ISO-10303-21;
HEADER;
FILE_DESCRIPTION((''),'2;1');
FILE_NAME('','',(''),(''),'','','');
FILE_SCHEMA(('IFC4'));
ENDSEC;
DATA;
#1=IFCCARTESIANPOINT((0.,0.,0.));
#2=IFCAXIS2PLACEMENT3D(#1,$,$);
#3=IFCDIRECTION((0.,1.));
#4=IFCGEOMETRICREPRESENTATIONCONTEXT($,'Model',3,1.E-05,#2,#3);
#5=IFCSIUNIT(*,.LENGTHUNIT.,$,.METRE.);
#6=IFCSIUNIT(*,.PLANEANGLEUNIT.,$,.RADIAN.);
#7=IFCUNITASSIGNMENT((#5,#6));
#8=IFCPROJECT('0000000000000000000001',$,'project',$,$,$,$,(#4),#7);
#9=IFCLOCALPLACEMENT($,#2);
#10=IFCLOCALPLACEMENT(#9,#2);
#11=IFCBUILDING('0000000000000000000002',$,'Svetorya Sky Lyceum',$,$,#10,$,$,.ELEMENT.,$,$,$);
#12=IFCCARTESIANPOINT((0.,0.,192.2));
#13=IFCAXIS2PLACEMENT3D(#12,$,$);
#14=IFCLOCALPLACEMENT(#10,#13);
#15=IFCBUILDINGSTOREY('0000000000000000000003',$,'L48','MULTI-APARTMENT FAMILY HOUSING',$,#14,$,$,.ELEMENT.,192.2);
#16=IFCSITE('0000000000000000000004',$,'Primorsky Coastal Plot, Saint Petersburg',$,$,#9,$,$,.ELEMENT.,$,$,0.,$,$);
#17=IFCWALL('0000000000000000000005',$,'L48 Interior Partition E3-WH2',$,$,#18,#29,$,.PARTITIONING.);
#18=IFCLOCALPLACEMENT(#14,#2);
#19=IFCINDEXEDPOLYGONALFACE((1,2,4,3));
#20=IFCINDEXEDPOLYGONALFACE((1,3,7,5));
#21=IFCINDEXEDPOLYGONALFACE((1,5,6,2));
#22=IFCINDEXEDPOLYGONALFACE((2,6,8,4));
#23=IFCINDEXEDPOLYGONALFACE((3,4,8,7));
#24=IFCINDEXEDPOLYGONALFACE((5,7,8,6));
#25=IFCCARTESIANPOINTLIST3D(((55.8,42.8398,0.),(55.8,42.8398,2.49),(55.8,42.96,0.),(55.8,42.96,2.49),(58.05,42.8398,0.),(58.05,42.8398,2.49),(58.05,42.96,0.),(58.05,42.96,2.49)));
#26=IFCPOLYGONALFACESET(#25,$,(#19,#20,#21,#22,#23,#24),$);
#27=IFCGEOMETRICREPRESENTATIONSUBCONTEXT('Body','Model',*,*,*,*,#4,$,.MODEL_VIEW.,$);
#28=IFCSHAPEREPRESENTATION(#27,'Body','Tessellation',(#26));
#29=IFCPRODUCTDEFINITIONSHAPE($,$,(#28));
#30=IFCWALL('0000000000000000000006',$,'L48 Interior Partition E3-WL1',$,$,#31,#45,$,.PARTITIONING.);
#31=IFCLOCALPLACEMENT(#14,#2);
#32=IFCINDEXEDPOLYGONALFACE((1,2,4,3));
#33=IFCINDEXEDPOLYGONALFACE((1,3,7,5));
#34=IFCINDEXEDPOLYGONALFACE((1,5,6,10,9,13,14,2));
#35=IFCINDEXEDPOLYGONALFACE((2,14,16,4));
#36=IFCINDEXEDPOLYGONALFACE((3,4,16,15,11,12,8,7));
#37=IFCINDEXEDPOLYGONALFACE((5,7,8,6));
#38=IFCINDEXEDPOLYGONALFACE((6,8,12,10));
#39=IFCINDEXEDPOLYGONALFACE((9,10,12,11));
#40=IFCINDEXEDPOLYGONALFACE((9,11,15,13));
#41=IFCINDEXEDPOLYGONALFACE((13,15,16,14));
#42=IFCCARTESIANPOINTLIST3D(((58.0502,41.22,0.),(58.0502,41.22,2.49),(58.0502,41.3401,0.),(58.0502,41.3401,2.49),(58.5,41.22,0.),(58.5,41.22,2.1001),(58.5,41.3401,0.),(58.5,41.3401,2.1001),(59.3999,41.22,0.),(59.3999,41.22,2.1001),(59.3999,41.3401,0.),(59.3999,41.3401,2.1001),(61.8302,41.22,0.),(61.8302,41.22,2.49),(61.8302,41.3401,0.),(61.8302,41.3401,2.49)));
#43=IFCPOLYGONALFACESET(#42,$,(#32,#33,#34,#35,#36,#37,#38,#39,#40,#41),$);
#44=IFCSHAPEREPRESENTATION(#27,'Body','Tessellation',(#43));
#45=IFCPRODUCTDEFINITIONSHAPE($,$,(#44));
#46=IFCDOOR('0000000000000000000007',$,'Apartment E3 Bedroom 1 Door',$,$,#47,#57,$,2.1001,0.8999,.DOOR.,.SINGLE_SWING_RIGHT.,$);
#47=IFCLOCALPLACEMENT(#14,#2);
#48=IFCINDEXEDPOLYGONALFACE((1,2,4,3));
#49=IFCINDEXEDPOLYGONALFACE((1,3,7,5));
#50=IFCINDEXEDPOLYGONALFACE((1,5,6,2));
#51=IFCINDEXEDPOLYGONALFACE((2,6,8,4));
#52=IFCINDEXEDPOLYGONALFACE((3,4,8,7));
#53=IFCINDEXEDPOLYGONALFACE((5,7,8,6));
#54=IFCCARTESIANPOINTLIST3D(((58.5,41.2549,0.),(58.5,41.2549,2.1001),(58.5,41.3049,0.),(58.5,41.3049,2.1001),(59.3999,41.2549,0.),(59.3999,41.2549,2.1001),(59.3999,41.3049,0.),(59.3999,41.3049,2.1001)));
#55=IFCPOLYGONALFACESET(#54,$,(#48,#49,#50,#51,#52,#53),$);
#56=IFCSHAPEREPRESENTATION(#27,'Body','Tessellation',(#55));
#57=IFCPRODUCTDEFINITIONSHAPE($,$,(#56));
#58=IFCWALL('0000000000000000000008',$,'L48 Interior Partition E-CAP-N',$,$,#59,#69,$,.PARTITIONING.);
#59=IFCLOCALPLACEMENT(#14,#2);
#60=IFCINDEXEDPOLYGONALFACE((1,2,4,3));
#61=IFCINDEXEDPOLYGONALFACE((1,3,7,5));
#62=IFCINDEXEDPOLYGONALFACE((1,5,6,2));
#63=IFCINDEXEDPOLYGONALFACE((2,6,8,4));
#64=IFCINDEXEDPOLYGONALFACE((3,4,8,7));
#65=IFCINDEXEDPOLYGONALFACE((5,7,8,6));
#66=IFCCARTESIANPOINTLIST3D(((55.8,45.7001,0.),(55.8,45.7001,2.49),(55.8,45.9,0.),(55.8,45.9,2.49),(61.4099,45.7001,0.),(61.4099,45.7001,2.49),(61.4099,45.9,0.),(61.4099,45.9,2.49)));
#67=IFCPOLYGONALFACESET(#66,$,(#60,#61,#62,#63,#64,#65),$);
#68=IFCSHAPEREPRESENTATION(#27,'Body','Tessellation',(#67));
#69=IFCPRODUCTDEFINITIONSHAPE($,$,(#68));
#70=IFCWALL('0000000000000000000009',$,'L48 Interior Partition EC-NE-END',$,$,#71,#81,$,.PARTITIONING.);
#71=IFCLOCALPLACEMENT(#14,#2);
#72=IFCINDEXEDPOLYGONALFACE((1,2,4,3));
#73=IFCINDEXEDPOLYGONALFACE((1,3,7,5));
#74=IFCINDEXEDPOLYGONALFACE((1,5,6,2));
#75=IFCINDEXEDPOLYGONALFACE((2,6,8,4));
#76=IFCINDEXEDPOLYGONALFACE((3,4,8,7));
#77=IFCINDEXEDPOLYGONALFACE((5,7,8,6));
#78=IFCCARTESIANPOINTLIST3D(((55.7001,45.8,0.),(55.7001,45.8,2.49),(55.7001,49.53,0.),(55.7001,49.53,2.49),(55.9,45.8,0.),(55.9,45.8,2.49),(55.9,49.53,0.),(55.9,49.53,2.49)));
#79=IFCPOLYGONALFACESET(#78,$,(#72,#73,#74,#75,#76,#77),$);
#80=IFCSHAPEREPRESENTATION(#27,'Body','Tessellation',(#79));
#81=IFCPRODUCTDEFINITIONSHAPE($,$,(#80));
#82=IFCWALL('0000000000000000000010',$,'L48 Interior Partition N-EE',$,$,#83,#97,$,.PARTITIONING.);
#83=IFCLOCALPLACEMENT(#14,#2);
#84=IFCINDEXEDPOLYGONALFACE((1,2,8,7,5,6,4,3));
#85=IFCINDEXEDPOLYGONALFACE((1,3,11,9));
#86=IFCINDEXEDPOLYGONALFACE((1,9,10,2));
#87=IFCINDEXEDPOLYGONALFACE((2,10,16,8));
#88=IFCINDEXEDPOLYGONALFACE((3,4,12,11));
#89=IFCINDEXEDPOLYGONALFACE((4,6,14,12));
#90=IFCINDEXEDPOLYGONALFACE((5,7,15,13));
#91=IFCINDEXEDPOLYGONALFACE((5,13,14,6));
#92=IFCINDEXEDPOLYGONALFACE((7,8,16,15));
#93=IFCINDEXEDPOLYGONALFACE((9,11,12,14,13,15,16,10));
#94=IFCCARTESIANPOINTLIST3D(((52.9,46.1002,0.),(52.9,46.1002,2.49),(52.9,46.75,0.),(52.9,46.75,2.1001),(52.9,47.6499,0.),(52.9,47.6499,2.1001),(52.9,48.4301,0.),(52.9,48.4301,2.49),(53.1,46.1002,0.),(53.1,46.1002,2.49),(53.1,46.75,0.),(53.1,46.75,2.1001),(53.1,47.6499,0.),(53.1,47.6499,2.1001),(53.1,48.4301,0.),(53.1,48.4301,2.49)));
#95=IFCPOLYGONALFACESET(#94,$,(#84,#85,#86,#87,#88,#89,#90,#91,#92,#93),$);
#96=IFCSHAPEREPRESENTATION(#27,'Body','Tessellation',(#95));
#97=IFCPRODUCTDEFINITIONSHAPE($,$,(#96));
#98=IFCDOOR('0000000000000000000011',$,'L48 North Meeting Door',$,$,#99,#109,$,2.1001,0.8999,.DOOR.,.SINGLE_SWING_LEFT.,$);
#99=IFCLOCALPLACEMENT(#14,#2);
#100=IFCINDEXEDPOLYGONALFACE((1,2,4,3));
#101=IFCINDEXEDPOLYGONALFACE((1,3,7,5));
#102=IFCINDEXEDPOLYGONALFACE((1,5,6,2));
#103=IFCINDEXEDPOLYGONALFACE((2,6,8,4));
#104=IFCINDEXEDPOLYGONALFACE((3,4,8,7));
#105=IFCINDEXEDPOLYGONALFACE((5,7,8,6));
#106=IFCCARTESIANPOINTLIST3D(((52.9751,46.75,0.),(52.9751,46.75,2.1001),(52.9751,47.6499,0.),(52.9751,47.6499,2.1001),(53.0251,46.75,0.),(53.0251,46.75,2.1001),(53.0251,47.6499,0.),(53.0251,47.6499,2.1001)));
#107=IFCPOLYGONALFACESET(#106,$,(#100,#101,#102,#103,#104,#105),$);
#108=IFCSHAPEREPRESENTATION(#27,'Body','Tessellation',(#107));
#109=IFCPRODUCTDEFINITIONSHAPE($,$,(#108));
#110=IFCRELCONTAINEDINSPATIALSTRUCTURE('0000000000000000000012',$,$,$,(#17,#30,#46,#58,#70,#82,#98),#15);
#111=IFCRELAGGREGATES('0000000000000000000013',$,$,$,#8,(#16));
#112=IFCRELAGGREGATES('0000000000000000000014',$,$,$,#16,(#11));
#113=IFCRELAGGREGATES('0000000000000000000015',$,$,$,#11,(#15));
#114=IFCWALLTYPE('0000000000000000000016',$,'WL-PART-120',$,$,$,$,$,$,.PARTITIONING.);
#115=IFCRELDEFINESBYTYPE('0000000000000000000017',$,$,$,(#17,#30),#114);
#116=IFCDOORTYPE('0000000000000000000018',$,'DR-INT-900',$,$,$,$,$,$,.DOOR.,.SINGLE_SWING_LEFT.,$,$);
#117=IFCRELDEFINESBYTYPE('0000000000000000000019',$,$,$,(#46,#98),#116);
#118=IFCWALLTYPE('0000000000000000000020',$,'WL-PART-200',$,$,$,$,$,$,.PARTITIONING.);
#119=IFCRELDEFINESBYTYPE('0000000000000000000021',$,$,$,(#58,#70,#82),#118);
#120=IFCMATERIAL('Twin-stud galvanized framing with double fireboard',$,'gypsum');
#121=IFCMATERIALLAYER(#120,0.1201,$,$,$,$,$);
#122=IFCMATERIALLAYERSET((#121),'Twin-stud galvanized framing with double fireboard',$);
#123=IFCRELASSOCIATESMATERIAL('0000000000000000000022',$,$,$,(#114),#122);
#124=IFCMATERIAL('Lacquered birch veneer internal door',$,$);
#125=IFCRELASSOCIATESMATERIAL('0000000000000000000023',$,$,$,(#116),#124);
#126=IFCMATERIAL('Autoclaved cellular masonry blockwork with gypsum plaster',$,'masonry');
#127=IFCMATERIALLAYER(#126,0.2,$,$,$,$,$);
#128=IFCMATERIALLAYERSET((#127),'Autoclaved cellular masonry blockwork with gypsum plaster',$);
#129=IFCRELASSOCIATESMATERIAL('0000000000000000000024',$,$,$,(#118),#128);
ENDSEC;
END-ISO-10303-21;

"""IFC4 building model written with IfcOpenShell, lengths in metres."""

from ifc_helpers import new_model, si_unit, direction, frame, frame_2d, origin, place, context, subcontext, project, spatial, rectangle, extrude, material, layer, layer_set, type_object, element, fill, save


model = new_model("IFC4")

# Units and contexts
model_context = context("Model", 3, precision=1e-05, world=origin(), true_north=direction((0.0, 1.0)))
body_context = subcontext(model_context, "Body", "Model", "MODEL_VIEW")
ifc_project = project(units=[si_unit("LENGTHUNIT", "METRE"), si_unit("PLANEANGLEUNIT", "RADIAN")], contexts=[model_context])

# Site, building, storey
site_placement = place(None, origin())
site = spatial("IfcSite", under=ifc_project, at=site_placement, Name="Primorsky Coastal Plot, Saint Petersburg", CompositionType="ELEMENT", RefElevation=0.0)
building_placement = place(site_placement, origin())
building = spatial("IfcBuilding", under=site, at=building_placement, Name="Svetorya Sky Lyceum", CompositionType="ELEMENT")
storey_placement = place(building_placement, frame((0.0, 0.0, 192.2)))
storey = spatial("IfcBuildingStorey", under=building, at=storey_placement, Name="L48", Description="MULTI-APARTMENT FAMILY HOUSING", CompositionType="ELEMENT", Elevation=192.2)

# Wall
ifc_material_1 = material(Name="Twin-stud galvanized framing with double fireboard", Category="gypsum")
ifc_layer_1 = layer(ifc_material_1, 0.1201)
ifc_layer_set_1 = layer_set([ifc_layer_1], Name="Twin-stud galvanized framing with double fireboard")
wall_type_1 = type_object("IfcWallType", Name="WL-PART-120", PredefinedType="PARTITIONING", material=ifc_layer_set_1)
wall_1_placement = place(storey_placement, frame((55.8, 42.8999, 0.0), z_axis=(0.0, 0.0, 1.0), x_axis=(1.0, 0.0, 0.0)))
element("IfcWall", 1, at=wall_1_placement, inside=storey, type_object=wall_type_1, Name="L48 Interior Partition E3-WH2", PredefinedType="PARTITIONING", context=body_context, shape_type="SweptSolid", body=[
    extrude(rectangle(XDim=2.25, YDim=0.1201, at=frame_2d((1.125, 0.0))), origin(), (0.0, 0.0, 1.0), 2.49),
])

# Wall, opening, door
wall_2_placement = place(storey_placement, frame((58.05, 41.28, 0.0), z_axis=(0.0, 0.0, 1.0), x_axis=(1.0, 0.0, 0.0)))
wall_2 = element("IfcWall", 2, at=wall_2_placement, inside=storey, type_object=wall_type_1, Name="L48 Interior Partition E3-WL1", PredefinedType="PARTITIONING", context=body_context, shape_type="SweptSolid", body=[
    extrude(rectangle(XDim=3.78, YDim=0.1201, at=frame_2d((1.8901, 0.0))), origin(), (0.0, 0.0, 1.0), 2.49),
])
opening_1_placement = place(wall_2_placement, frame((0.45, 0.0, 0.0)))
opening_1 = element("IfcOpeningElement", 3, at=opening_1_placement, cuts=wall_2, PredefinedType="OPENING", context=body_context, shape_type="SweptSolid", body=[
    extrude(rectangle(XDim=0.8999, YDim=2.1001, at=frame_2d((0.45, 1.05))), frame((0.0, 0.0701, 0.0), z_axis=(0.0, -1.0, 0.0), x_axis=(1.0, 0.0, 0.0)), (0.0, 0.0, 1.0), 0.1401),
])
ifc_material_2 = material(Name="Lacquered birch veneer internal door")
door_type = type_object("IfcDoorType", Name="DR-INT-900", OperationType="SINGLE_SWING_LEFT", PredefinedType="DOOR", material=ifc_material_2)
door_1_placement = place(opening_1_placement, origin())
door_1 = element("IfcDoor", 4, at=door_1_placement, inside=storey, type_object=door_type, Name="Apartment E3 Bedroom 1 Door", OperationType="SINGLE_SWING_RIGHT", OverallHeight=2.1001, OverallWidth=0.8999, PredefinedType="DOOR", context=body_context, shape_type="SweptSolid", body=[
    extrude(rectangle(XDim=0.8999, YDim=2.1001, at=frame_2d((0.45, 1.05))), frame((0.0, 0.0249, 0.0), z_axis=(0.0, -1.0, 0.0), x_axis=(1.0, 0.0, 0.0)), (0.0, 0.0, 1.0), 0.05),
])
fill(opening_1, door_1)

# Walls
ifc_material_3 = material(Name="Autoclaved cellular masonry blockwork with gypsum plaster", Category="masonry")
ifc_layer_2 = layer(ifc_material_3, 0.2)
ifc_layer_set_2 = layer_set([ifc_layer_2], Name="Autoclaved cellular masonry blockwork with gypsum plaster")
wall_type_2 = type_object("IfcWallType", Name="WL-PART-200", PredefinedType="PARTITIONING", material=ifc_layer_set_2)
wall_3_placement = place(storey_placement, frame((55.8, 45.8, 0.0), z_axis=(0.0, 0.0, 1.0), x_axis=(1.0, 0.0, 0.0)))
element("IfcWall", 5, at=wall_3_placement, inside=storey, type_object=wall_type_2, Name="L48 Interior Partition E-CAP-N", PredefinedType="PARTITIONING", context=body_context, shape_type="SweptSolid", body=[
    extrude(rectangle(XDim=5.6099, YDim=0.2, at=frame_2d((2.8049, 0.0))), origin(), (0.0, 0.0, 1.0), 2.49),
])
wall_4_placement = place(storey_placement, frame((55.8, 45.8, 0.0), z_axis=(0.0, 0.0, 1.0), x_axis=(0.0, 1.0, 0.0)))
element("IfcWall", 6, at=wall_4_placement, inside=storey, type_object=wall_type_2, Name="L48 Interior Partition EC-NE-END", PredefinedType="PARTITIONING", context=body_context, shape_type="SweptSolid", body=[
    extrude(rectangle(XDim=3.73, YDim=0.2, at=frame_2d((1.865, 0.0))), origin(), (0.0, 0.0, 1.0), 2.49),
])

# Wall, opening, door
wall_5_placement = place(storey_placement, frame((53.0, 46.1001, 0.0), z_axis=(0.0, 0.0, 1.0), x_axis=(0.0, 1.0, 0.0)))
wall_5 = element("IfcWall", 7, at=wall_5_placement, inside=storey, type_object=wall_type_2, Name="L48 Interior Partition N-EE", PredefinedType="PARTITIONING", context=body_context, shape_type="SweptSolid", body=[
    extrude(rectangle(XDim=2.3298, YDim=0.2, at=frame_2d((1.165, 0.0))), origin(), (0.0, 0.0, 1.0), 2.49),
])
opening_2_placement = place(wall_5_placement, frame((0.6499, 0.0, 0.0)))
opening_2 = element("IfcOpeningElement", 8, at=opening_2_placement, cuts=wall_5, PredefinedType="OPENING", context=body_context, shape_type="SweptSolid", body=[
    extrude(rectangle(XDim=0.8999, YDim=2.1001, at=frame_2d((0.45, 1.05))), frame((0.0, 0.1099, 0.0), z_axis=(0.0, -1.0, 0.0), x_axis=(1.0, 0.0, 0.0)), (0.0, 0.0, 1.0), 0.22),
])
door_2_placement = place(opening_2_placement, origin())
door_2 = element("IfcDoor", 9, at=door_2_placement, inside=storey, type_object=door_type, Name="L48 North Meeting Door", OperationType="SINGLE_SWING_LEFT", OverallHeight=2.1001, OverallWidth=0.8999, PredefinedType="DOOR", context=body_context, shape_type="SweptSolid", body=[
    extrude(rectangle(XDim=0.8999, YDim=2.1001, at=frame_2d((0.45, 1.05))), frame((0.0, 0.0249, 0.0), z_axis=(0.0, -1.0, 0.0), x_axis=(1.0, 0.0, 0.0)), (0.0, 0.0, 1.0), 0.05),
])
fill(opening_2, door_2)

save(model, "model.ifc")
